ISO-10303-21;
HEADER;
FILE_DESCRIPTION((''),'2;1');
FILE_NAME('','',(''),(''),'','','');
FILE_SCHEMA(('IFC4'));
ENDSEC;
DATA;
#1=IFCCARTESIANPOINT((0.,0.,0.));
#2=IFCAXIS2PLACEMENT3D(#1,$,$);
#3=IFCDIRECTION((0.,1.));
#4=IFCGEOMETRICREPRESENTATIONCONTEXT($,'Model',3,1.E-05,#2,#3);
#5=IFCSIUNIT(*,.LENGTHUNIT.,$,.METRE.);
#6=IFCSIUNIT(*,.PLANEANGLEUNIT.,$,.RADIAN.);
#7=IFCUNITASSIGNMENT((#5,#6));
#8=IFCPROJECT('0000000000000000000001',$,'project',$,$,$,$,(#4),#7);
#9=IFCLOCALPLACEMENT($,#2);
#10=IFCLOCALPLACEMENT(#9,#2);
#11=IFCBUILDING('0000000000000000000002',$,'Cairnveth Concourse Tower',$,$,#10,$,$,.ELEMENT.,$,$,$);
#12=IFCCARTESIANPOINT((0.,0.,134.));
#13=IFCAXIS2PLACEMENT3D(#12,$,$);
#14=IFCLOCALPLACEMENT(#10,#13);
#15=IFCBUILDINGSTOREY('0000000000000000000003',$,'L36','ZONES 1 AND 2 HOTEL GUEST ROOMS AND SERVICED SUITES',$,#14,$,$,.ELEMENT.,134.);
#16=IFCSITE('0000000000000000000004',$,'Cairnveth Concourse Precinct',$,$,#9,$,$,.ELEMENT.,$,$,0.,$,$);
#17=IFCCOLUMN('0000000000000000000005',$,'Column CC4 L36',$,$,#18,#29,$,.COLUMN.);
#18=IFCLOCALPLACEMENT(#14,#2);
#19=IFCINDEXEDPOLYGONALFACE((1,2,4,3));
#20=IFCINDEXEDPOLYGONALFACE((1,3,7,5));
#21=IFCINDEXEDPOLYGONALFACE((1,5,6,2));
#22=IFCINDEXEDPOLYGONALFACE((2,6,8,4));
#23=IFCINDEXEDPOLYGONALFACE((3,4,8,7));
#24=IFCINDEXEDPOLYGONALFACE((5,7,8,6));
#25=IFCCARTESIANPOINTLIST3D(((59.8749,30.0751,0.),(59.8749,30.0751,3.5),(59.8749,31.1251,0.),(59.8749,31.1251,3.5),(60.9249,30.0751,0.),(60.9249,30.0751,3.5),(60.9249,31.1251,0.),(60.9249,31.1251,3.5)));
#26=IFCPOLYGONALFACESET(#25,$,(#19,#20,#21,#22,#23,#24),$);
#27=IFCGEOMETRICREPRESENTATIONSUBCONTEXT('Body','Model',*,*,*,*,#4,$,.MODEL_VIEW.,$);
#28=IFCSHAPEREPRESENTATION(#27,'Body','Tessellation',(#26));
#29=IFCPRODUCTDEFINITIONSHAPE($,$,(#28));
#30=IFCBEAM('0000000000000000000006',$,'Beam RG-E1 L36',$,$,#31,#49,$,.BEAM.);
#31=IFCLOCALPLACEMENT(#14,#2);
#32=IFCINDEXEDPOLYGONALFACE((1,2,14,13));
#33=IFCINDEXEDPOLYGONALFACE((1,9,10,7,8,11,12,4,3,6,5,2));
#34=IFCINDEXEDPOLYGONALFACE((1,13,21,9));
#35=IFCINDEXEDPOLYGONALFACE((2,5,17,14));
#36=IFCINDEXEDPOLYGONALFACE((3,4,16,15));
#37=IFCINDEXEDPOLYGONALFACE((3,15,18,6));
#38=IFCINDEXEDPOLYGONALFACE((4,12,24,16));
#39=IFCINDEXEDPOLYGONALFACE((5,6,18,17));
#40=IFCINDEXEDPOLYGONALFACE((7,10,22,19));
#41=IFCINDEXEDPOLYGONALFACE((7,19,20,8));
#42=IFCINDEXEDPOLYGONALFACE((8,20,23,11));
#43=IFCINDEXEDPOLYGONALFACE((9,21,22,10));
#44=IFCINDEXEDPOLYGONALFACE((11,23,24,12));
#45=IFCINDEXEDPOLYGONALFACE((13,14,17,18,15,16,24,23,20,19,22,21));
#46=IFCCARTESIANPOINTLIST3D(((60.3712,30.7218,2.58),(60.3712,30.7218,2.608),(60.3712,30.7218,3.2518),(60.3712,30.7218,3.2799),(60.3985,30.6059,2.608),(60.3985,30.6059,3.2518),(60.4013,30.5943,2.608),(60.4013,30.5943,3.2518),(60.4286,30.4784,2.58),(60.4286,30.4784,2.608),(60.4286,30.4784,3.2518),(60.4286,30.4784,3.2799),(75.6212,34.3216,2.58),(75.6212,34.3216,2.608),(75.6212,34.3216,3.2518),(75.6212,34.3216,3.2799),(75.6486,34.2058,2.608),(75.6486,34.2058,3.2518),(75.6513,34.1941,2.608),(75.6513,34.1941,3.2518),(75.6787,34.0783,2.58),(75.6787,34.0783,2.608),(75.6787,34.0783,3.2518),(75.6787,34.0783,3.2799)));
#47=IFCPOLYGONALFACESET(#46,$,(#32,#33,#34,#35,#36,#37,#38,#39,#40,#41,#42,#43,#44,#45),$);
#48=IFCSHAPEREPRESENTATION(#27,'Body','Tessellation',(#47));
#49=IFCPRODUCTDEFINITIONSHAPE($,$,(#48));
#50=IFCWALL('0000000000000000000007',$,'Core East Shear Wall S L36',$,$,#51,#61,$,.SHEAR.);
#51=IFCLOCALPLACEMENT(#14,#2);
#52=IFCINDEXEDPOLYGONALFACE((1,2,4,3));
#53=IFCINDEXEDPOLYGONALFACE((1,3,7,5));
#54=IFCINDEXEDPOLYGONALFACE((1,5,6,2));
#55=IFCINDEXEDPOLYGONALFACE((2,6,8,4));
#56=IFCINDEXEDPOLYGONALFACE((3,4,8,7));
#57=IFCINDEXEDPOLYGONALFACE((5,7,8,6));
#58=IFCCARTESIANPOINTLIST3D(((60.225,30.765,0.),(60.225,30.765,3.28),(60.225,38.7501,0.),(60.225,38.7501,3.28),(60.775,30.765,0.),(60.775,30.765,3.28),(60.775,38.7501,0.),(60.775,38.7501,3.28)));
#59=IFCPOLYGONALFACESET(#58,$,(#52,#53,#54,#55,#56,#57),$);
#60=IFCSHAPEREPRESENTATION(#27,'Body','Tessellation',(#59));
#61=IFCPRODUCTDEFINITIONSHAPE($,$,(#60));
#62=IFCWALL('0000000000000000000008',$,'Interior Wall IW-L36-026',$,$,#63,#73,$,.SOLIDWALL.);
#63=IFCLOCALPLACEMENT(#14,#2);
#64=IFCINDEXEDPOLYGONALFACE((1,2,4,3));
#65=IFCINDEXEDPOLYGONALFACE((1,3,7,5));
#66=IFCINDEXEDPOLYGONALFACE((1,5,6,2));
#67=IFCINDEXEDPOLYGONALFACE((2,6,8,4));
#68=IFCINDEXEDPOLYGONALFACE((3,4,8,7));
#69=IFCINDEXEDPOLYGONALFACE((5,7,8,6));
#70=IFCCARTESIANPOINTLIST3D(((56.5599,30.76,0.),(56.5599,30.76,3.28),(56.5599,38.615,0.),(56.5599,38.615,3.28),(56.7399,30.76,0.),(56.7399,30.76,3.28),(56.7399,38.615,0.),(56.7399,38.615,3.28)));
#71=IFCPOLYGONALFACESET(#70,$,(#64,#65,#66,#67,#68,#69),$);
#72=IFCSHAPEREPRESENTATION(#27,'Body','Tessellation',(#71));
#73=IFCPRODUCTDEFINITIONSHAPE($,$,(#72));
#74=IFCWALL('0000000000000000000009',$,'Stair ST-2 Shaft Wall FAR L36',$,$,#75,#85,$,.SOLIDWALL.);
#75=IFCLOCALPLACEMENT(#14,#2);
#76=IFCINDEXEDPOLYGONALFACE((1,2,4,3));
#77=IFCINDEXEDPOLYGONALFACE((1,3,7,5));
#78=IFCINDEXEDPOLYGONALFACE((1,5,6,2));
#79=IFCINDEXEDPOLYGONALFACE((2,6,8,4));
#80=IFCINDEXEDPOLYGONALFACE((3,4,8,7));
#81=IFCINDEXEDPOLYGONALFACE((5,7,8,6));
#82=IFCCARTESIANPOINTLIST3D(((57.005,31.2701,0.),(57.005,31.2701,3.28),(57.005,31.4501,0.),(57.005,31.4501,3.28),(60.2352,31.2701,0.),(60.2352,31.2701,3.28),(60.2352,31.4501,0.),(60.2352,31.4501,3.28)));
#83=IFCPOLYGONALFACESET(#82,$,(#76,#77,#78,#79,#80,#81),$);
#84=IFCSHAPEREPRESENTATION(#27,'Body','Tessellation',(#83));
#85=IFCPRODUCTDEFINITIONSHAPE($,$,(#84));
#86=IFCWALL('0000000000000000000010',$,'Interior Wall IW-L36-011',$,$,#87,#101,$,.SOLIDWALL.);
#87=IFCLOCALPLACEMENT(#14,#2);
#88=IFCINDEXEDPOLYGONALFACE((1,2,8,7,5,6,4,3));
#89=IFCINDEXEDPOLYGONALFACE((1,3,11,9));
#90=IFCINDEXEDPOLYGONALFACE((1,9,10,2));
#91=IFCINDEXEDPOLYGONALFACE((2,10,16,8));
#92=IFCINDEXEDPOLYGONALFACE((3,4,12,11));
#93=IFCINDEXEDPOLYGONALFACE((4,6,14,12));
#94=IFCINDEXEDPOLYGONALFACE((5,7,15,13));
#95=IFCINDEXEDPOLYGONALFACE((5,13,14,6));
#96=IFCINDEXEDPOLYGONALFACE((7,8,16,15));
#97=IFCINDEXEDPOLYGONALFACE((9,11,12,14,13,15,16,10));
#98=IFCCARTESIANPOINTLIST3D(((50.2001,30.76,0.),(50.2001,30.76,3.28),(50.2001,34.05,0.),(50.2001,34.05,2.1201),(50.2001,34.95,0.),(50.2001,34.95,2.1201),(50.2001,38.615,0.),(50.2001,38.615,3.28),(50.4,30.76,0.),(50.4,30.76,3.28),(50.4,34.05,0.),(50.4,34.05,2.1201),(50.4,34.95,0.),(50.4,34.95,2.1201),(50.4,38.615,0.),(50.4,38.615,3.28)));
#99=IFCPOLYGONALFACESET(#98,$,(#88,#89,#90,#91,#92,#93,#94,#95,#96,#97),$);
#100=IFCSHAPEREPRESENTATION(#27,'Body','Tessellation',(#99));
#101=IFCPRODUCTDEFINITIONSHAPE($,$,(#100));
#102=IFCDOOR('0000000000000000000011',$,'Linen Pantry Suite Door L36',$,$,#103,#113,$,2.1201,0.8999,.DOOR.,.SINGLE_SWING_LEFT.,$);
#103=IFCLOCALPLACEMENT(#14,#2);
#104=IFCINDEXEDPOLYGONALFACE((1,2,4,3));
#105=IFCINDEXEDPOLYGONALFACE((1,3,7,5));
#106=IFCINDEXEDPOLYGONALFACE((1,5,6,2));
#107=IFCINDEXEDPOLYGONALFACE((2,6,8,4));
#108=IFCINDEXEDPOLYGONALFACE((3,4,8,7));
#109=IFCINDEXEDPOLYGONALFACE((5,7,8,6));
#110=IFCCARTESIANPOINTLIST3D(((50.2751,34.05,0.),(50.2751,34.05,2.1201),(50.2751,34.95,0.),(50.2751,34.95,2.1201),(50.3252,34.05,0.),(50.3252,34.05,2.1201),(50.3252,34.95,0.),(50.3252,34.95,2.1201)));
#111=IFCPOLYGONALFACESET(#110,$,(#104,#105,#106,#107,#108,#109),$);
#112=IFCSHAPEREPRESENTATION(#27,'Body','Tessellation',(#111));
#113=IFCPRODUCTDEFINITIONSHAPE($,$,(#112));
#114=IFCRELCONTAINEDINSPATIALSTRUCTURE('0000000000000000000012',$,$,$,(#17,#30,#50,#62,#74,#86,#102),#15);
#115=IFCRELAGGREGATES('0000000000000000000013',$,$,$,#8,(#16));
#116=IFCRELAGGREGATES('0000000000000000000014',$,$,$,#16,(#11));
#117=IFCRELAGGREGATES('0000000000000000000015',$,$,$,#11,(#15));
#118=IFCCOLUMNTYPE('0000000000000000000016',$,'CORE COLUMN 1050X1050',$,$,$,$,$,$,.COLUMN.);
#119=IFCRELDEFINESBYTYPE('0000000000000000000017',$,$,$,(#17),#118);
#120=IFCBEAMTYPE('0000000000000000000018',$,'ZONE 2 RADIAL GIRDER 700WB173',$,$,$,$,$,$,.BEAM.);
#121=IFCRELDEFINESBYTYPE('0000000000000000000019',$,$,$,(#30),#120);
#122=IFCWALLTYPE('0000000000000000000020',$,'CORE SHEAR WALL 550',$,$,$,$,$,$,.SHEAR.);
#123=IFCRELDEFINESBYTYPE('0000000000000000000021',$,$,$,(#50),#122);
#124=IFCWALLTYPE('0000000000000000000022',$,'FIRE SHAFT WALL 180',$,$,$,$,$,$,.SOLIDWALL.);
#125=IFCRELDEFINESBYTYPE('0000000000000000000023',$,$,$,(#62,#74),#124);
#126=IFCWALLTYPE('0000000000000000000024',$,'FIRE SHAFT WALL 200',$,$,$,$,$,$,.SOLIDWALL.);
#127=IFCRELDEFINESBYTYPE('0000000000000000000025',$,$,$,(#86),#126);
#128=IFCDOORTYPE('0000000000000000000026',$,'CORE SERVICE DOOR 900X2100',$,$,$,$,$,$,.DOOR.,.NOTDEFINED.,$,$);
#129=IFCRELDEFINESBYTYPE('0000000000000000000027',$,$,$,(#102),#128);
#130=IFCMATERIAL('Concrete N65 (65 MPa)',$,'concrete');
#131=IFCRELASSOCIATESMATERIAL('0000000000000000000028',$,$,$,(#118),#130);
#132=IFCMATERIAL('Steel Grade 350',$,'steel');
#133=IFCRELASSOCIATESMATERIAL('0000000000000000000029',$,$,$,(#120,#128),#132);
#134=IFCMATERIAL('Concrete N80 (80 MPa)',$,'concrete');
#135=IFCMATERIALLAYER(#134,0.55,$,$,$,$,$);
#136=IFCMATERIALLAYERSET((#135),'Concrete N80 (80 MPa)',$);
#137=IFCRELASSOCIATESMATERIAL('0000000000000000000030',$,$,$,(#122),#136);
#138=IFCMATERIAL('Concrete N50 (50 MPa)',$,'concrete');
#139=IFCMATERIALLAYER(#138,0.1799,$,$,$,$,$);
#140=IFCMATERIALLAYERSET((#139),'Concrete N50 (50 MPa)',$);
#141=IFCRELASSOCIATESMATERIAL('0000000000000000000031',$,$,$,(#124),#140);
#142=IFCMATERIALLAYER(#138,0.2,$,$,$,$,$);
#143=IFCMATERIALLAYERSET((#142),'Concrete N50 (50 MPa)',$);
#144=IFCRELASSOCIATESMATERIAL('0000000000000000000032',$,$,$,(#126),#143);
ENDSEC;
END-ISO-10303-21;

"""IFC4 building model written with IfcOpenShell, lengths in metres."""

from ifc_helpers import new_model, si_unit, direction, frame, frame_2d, origin, origin_2d, place, context, subcontext, project, spatial, rectangle, i_section, extrude, material, layer, layer_set, material_profile, profile_set, type_object, element, fill, save


model = new_model("IFC4")

# Units and contexts
model_context = context("Model", 3, precision=1e-05, world=origin(), true_north=direction((0.0, 1.0)))
body_context = subcontext(model_context, "Body", "Model", "MODEL_VIEW")
ifc_project = project(units=[si_unit("LENGTHUNIT", "METRE"), si_unit("PLANEANGLEUNIT", "RADIAN")], contexts=[model_context])

# Site, building, storey
site_placement = place(None, origin())
site = spatial("IfcSite", under=ifc_project, at=site_placement, Name="Cairnveth Concourse Precinct", CompositionType="ELEMENT", RefElevation=0.0)
building_placement = place(site_placement, origin())
building = spatial("IfcBuilding", under=site, at=building_placement, Name="Cairnveth Concourse Tower", CompositionType="ELEMENT")
storey_placement = place(building_placement, frame((0.0, 0.0, 134.0)))
storey = spatial("IfcBuildingStorey", under=building, at=storey_placement, Name="L36", Description="ZONES 1 AND 2 HOTEL GUEST ROOMS AND SERVICED SUITES", CompositionType="ELEMENT", Elevation=134.0)

# Column
ifc_material_1 = material(Name="Concrete N65 (65 MPa)", Category="concrete")
ifc_material_profile_1 = material_profile(ifc_material_1, rectangle(XDim=1.05, YDim=1.05, at=origin_2d()), Name="RC-COL-1050x1050")
ifc_profile_set_1 = profile_set([ifc_material_profile_1], Name="Concrete N65 (65 MPa)")
column_type = type_object("IfcColumnType", Name="CORE COLUMN 1050X1050", PredefinedType="COLUMN", material=ifc_profile_set_1)
column_placement = place(storey_placement, frame((60.3999, 30.6001, 0.0), z_axis=(0.0, 0.0, 1.0), x_axis=(1.0, 0.0, 0.0)))
element("IfcColumn", 1, at=column_placement, inside=storey, type_object=column_type, Name="Column CC4 L36", PredefinedType="COLUMN", context=body_context, shape_type="SweptSolid", body=[
    extrude(rectangle(XDim=1.05, YDim=1.05, at=origin_2d()), origin(), (0.0, 0.0, 1.0), 3.5),
])

# Beam
ifc_material_2 = material(Name="Steel Grade 350", Category="steel")
ifc_material_profile_2 = material_profile(ifc_material_2, i_section(OverallWidth=0.25, OverallDepth=0.7, WebThickness=0.012, FlangeThickness=0.0281, at=origin_2d()), Name="700WB173")
ifc_profile_set_2 = profile_set([ifc_material_profile_2], Name="Steel Grade 350")
beam_type = type_object("IfcBeamType", Name="ZONE 2 RADIAL GIRDER 700WB173", PredefinedType="BEAM", material=ifc_profile_set_2)
beam_placement = place(storey_placement, frame((60.3999, 30.6001, 2.9299), z_axis=(0.973252, 0.229742, 0.0), x_axis=(-0.229742, 0.973252, 0.0)))
element("IfcBeam", 2, at=beam_placement, inside=storey, type_object=beam_type, Name="Beam RG-E1 L36", PredefinedType="BEAM", context=body_context, shape_type="SweptSolid", body=[
    extrude(i_section(OverallWidth=0.25, OverallDepth=0.7, WebThickness=0.012, FlangeThickness=0.0281, at=origin_2d()), origin(), (0.0, 0.0, 1.0), 15.6692),
])

# Walls
ifc_material_3 = material(Name="Concrete N80 (80 MPa)", Category="concrete")
ifc_layer_1 = layer(ifc_material_3, 0.55)
ifc_layer_set_1 = layer_set([ifc_layer_1], Name="Concrete N80 (80 MPa)")
wall_type_1 = type_object("IfcWallType", Name="CORE SHEAR WALL 550", PredefinedType="SHEAR", material=ifc_layer_set_1)
wall_1_placement = place(storey_placement, frame((60.5, 30.7649, 0.0), z_axis=(0.0, 0.0, 1.0), x_axis=(0.0, 1.0, 0.0)))
element("IfcWall", 3, at=wall_1_placement, inside=storey, type_object=wall_type_1, Name="Core East Shear Wall S L36", PredefinedType="SHEAR", context=body_context, shape_type="SweptSolid", body=[
    extrude(rectangle(XDim=7.9851, YDim=0.55, at=frame_2d((3.9927, 0.0))), origin(), (0.0, 0.0, 1.0), 3.28),
])
ifc_material_4 = material(Name="Concrete N50 (50 MPa)", Category="concrete")
ifc_layer_2 = layer(ifc_material_4, 0.1799)
ifc_layer_set_2 = layer_set([ifc_layer_2], Name="Concrete N50 (50 MPa)")
wall_type_2 = type_object("IfcWallType", Name="FIRE SHAFT WALL 180", PredefinedType="SOLIDWALL", material=ifc_layer_set_2)
wall_2_placement = place(storey_placement, frame((56.6499, 30.76, 0.0), z_axis=(0.0, 0.0, 1.0), x_axis=(0.0, 1.0, 0.0)))
element("IfcWall", 4, at=wall_2_placement, inside=storey, type_object=wall_type_2, Name="Interior Wall IW-L36-026", PredefinedType="SOLIDWALL", context=body_context, shape_type="SweptSolid", body=[
    extrude(rectangle(XDim=7.855, YDim=0.1799, at=frame_2d((3.9275, 0.0))), origin(), (0.0, 0.0, 1.0), 3.28),
])
wall_3_placement = place(storey_placement, frame((57.0049, 31.3601, 0.0), z_axis=(0.0, 0.0, 1.0), x_axis=(1.0, 0.0, 0.0)))
element("IfcWall", 5, at=wall_3_placement, inside=storey, type_object=wall_type_2, Name="Stair ST-2 Shaft Wall FAR L36", PredefinedType="SOLIDWALL", context=body_context, shape_type="SweptSolid", body=[
    extrude(rectangle(XDim=3.2302, YDim=0.1799, at=frame_2d((1.6152, 0.0))), origin(), (0.0, 0.0, 1.0), 3.28),
])

# Wall, opening, door
ifc_layer_3 = layer(ifc_material_4, 0.2)
ifc_layer_set_3 = layer_set([ifc_layer_3], Name="Concrete N50 (50 MPa)")
wall_type_3 = type_object("IfcWallType", Name="FIRE SHAFT WALL 200", PredefinedType="SOLIDWALL", material=ifc_layer_set_3)
wall_4_placement = place(storey_placement, frame((50.3, 30.76, 0.0), z_axis=(0.0, 0.0, 1.0), x_axis=(0.0, 1.0, 0.0)))
wall_4 = element("IfcWall", 6, at=wall_4_placement, inside=storey, type_object=wall_type_3, Name="Interior Wall IW-L36-011", PredefinedType="SOLIDWALL", context=body_context, shape_type="SweptSolid", body=[
    extrude(rectangle(XDim=7.855, YDim=0.2, at=frame_2d((3.9275, 0.0))), origin(), (0.0, 0.0, 1.0), 3.28),
])
opening_1_placement = place(wall_4_placement, frame((3.29, 0.0, 0.0)))
opening_1 = element("IfcOpeningElement", 7, at=opening_1_placement, cuts=wall_4, PredefinedType="OPENING", context=body_context, shape_type="SweptSolid", body=[
    extrude(rectangle(XDim=0.8999, YDim=2.1201, at=frame_2d((0.45, 1.0601))), frame((0.0, 0.1099, 0.0), z_axis=(0.0, -1.0, 0.0), x_axis=(1.0, 0.0, 0.0)), (0.0, 0.0, 1.0), 0.22),
])
door_type_1 = type_object("IfcDoorType", Name="CORE SERVICE DOOR 900X2100", OperationType="NOTDEFINED", PredefinedType="DOOR", material=ifc_material_2)
door_1_placement = place(opening_1_placement, origin())
door_1 = element("IfcDoor", 8, at=door_1_placement, inside=storey, type_object=door_type_1, Name="Linen Pantry Suite Door L36", OperationType="SINGLE_SWING_LEFT", OverallHeight=2.1201, OverallWidth=0.8999, PredefinedType="DOOR", context=body_context, shape_type="SweptSolid", body=[
    extrude(rectangle(XDim=0.8999, YDim=2.1201, at=frame_2d((0.45, 1.0601))), frame((0.0, 0.0249, 0.0), z_axis=(0.0, -1.0, 0.0), x_axis=(1.0, 0.0, 0.0)), (0.0, 0.0, 1.0), 0.05),
])
fill(opening_1, door_1)

save(model, "model.ifc")
